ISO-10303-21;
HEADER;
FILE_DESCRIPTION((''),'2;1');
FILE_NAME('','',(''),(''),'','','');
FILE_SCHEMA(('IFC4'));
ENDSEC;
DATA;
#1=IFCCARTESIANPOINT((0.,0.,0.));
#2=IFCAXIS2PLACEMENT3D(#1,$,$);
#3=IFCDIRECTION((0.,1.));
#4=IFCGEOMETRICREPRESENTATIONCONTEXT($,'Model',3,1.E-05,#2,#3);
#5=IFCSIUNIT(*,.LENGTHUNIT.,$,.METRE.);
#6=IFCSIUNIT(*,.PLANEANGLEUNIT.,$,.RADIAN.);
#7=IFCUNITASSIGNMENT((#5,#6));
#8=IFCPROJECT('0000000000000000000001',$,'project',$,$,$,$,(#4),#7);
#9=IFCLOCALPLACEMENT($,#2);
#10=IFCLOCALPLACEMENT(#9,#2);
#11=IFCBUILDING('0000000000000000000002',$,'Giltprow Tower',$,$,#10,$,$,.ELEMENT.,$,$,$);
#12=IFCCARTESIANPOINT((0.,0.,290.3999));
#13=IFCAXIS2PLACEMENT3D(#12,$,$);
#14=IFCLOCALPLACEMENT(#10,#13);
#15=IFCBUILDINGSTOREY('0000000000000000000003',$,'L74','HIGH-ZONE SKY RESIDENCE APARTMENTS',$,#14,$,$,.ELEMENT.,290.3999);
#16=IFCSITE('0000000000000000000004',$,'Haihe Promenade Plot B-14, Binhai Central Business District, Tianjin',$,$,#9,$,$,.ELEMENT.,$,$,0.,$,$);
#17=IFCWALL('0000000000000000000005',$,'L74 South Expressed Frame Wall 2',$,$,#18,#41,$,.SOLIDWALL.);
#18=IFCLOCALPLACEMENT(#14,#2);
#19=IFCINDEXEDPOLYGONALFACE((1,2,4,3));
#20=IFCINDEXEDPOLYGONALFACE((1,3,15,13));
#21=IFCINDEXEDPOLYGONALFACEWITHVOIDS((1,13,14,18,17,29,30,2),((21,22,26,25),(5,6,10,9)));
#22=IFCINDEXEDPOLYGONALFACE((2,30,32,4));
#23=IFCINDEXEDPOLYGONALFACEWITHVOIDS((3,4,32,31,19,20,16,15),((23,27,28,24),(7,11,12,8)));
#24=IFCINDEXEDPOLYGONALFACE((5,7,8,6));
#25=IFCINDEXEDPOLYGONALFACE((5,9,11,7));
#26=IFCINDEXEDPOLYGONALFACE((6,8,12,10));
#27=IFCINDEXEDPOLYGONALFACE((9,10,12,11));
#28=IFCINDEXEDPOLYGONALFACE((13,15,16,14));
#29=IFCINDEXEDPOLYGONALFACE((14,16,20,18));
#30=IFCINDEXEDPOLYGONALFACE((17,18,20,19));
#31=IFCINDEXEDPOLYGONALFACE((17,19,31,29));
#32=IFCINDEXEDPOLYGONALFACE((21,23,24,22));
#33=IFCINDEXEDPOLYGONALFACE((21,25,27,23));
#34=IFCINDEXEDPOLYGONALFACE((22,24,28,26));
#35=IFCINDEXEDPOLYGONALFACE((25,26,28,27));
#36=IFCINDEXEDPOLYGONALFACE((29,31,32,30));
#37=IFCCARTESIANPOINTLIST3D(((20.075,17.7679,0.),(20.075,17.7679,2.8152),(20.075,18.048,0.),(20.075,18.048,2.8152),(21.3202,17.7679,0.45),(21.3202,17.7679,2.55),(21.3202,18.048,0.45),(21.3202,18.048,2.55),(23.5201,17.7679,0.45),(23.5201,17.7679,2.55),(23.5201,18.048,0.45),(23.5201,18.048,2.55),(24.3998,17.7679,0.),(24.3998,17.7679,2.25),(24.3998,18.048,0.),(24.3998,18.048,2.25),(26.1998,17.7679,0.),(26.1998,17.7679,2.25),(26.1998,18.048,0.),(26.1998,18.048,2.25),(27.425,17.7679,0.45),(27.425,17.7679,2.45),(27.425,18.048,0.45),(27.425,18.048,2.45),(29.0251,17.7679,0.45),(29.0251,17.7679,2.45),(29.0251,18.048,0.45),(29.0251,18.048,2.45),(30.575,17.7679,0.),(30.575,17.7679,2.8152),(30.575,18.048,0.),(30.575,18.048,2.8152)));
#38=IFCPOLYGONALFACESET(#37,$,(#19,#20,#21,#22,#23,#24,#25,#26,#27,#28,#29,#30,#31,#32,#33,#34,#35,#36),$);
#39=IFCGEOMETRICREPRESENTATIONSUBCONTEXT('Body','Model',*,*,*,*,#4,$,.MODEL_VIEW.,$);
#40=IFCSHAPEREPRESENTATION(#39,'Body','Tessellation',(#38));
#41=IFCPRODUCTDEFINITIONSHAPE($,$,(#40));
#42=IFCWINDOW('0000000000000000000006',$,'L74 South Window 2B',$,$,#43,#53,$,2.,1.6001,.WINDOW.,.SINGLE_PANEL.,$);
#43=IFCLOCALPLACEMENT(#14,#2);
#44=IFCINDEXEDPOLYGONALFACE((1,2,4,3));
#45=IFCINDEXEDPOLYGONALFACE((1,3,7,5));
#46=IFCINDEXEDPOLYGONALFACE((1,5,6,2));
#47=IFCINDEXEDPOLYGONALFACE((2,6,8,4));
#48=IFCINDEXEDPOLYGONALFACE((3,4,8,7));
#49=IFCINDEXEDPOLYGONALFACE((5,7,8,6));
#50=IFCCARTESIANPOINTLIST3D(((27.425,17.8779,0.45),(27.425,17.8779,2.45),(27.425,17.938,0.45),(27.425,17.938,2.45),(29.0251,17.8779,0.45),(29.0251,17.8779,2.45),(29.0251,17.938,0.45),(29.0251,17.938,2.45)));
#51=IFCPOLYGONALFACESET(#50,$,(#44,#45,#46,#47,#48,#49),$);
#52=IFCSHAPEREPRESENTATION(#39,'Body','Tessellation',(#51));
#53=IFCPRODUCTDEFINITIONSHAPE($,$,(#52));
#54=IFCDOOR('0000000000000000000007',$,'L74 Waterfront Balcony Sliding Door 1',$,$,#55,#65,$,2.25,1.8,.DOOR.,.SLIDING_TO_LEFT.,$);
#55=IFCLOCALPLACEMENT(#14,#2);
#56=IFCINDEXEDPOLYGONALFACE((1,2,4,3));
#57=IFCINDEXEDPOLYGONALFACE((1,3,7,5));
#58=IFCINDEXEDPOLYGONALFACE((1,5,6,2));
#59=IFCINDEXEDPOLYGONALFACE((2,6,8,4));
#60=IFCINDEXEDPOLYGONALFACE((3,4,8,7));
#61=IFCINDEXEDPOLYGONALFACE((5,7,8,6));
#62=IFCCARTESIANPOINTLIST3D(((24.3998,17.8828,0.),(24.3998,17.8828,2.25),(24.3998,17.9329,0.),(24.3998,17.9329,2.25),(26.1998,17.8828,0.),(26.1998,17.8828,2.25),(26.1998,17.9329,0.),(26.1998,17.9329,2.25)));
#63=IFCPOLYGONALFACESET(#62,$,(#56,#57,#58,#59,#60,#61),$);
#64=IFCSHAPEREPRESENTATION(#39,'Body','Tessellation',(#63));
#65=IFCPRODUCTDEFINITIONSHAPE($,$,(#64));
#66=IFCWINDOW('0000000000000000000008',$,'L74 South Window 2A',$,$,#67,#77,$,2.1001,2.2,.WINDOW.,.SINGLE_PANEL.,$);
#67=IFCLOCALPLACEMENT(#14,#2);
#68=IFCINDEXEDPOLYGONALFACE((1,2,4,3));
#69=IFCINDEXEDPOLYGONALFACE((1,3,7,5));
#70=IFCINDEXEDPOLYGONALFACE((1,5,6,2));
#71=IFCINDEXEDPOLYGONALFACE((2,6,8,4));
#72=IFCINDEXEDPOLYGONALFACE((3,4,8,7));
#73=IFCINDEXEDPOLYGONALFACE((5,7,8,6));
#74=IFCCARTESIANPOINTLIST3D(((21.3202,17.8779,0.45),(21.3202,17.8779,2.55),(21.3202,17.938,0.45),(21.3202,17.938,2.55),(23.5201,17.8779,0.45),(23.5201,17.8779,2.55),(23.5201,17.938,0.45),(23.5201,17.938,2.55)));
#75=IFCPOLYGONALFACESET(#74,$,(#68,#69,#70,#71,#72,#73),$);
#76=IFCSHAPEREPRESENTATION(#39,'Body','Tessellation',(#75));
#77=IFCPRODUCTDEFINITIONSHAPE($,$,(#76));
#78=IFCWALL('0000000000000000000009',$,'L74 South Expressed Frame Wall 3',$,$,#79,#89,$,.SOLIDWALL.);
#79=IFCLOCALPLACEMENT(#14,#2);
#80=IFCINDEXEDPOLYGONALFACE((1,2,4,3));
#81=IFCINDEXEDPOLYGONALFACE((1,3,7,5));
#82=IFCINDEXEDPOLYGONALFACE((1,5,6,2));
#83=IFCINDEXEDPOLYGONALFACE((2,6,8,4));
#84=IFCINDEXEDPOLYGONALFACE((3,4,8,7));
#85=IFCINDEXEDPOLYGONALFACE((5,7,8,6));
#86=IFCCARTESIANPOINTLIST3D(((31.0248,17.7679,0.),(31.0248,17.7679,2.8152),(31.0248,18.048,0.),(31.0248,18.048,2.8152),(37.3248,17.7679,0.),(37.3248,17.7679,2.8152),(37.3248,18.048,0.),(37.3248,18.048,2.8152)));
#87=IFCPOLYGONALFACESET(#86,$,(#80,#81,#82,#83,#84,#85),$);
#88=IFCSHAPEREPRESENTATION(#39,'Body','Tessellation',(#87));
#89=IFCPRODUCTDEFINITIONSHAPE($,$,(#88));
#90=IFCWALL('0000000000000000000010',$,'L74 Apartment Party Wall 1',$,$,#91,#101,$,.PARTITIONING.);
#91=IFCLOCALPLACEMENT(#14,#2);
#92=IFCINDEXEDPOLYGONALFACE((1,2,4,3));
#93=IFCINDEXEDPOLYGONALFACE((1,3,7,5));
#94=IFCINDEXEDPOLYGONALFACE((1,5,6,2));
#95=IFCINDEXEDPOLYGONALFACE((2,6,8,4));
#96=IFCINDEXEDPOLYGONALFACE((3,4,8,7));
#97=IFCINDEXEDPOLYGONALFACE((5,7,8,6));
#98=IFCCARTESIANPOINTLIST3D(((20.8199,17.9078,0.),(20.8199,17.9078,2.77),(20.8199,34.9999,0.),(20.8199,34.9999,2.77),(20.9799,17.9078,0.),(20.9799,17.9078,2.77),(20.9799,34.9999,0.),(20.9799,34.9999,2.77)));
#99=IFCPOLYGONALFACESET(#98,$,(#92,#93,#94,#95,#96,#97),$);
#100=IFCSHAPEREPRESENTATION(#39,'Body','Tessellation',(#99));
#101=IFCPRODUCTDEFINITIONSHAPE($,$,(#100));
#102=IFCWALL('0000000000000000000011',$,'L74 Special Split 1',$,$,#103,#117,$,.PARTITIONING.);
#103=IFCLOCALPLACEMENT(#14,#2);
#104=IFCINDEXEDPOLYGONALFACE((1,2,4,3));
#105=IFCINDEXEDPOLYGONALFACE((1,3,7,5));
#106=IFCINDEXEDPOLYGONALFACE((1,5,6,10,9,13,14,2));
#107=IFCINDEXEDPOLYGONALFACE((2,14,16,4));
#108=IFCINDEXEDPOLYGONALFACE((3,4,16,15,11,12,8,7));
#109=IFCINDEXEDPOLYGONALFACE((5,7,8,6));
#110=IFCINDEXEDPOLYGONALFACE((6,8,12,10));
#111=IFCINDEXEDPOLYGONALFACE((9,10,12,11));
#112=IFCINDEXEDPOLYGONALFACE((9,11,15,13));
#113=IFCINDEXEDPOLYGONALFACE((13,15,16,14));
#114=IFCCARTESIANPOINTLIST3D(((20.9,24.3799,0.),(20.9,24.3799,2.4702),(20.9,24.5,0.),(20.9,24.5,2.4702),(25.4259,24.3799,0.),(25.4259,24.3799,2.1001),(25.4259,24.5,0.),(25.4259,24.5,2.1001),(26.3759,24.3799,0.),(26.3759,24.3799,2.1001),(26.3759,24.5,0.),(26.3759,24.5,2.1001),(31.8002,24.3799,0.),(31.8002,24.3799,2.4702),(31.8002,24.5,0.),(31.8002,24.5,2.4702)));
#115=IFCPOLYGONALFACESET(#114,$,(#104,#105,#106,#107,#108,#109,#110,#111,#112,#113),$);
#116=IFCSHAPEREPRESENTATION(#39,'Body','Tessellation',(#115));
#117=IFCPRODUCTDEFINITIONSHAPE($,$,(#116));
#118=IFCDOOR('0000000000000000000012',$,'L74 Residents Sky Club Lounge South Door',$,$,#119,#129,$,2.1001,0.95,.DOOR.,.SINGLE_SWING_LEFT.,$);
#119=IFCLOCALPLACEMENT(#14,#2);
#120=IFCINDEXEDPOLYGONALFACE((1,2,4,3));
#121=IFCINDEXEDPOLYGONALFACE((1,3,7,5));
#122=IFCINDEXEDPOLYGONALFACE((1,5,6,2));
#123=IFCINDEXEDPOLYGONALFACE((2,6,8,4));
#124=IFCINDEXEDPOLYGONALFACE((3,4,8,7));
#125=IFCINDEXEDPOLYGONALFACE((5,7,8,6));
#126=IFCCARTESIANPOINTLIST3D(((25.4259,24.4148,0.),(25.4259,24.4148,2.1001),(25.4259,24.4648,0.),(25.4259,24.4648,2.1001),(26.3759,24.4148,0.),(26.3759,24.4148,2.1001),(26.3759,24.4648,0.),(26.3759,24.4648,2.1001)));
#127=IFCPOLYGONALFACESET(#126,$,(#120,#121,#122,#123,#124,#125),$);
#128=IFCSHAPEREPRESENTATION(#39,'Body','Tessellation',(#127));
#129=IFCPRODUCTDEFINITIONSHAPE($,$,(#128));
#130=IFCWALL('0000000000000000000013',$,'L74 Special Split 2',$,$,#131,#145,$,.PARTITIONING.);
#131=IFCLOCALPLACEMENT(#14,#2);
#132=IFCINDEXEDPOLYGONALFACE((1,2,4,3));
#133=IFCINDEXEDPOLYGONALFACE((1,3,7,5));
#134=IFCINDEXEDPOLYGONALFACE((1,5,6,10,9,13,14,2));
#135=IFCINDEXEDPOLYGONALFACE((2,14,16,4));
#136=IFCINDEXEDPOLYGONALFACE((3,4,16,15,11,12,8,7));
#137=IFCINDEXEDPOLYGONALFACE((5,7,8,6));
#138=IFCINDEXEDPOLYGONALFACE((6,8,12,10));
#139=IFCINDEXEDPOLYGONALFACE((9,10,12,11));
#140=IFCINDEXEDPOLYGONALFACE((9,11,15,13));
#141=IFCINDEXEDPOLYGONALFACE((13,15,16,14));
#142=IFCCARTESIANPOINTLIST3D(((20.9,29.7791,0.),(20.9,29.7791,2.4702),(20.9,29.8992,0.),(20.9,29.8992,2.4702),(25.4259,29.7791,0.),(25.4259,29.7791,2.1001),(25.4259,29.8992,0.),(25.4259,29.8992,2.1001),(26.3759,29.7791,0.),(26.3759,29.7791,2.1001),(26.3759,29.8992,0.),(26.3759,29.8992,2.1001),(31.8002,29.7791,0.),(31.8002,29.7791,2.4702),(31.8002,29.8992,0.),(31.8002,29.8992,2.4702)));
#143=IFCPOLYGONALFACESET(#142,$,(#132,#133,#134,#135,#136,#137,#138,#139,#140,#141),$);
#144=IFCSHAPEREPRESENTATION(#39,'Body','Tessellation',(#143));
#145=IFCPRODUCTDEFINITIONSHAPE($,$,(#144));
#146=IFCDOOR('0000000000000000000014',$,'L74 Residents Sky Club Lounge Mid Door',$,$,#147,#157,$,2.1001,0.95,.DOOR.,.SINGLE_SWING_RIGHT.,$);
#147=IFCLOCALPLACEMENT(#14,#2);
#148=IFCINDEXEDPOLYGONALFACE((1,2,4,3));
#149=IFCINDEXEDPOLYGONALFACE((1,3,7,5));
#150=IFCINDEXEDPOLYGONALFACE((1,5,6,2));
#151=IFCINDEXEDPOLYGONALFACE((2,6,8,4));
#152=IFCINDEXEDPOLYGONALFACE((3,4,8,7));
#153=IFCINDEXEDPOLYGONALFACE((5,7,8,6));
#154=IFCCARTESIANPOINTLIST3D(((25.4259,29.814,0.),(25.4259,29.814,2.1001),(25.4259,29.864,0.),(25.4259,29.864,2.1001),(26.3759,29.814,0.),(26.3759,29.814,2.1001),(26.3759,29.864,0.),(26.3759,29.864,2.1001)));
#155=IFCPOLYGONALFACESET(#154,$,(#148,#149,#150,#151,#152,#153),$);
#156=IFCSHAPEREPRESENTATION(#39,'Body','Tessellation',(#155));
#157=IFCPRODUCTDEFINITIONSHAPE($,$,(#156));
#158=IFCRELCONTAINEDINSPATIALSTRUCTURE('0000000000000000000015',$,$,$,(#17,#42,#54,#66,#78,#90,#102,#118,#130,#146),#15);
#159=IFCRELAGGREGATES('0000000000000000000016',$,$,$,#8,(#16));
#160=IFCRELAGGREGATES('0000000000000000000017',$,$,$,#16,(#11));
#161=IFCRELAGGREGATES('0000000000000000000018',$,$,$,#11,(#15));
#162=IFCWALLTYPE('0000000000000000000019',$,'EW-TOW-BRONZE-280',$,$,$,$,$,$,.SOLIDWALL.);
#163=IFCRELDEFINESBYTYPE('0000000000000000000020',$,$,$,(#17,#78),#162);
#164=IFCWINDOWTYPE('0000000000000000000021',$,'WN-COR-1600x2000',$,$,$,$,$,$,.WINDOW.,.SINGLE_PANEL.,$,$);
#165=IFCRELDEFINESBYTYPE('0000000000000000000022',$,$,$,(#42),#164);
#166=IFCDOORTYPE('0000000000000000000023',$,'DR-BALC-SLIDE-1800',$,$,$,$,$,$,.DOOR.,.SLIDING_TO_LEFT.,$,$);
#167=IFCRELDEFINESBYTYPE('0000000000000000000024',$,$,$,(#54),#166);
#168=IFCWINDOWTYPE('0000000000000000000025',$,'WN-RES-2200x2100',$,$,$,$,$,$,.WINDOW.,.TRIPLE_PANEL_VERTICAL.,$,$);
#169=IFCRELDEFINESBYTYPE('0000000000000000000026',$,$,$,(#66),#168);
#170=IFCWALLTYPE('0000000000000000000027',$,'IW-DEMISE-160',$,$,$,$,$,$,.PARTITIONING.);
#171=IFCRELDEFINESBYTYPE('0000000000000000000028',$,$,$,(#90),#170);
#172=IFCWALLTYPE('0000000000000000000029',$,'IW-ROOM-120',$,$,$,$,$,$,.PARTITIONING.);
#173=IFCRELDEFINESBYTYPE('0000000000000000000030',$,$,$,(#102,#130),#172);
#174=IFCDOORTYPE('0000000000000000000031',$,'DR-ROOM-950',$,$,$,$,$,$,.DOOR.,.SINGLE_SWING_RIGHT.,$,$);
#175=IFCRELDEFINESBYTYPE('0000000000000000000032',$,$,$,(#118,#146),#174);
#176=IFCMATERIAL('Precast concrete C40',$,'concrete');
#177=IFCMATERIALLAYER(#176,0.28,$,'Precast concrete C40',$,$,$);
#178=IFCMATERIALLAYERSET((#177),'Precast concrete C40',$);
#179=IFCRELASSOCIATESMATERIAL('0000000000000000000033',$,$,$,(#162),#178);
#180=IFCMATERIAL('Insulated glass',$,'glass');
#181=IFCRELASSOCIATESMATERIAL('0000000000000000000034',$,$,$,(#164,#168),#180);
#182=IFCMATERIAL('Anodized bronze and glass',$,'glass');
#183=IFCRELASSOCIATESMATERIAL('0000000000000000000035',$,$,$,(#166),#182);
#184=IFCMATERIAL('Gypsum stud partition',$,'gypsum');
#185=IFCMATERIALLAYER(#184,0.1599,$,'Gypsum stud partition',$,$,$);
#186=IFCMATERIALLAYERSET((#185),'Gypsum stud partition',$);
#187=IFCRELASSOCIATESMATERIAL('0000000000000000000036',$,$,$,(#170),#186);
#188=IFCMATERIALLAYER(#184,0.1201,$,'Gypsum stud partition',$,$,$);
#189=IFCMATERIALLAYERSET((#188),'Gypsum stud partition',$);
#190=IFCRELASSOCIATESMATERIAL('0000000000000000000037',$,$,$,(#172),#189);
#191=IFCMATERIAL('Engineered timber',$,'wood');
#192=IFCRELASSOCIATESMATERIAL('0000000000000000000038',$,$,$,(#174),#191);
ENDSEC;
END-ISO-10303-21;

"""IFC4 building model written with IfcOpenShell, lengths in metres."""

from ifc_helpers import new_model, si_unit, direction, frame, frame_2d, origin, place, context, subcontext, project, spatial, rectangle, extrude, source, transform, mapped, material, layer, layer_set, type_object, element, fill, save


model = new_model("IFC4")

# Units and contexts
model_context = context("Model", 3, precision=1e-05, world=origin(), true_north=direction((0.0, 1.0)))
body_context = subcontext(model_context, "Body", "Model", "MODEL_VIEW")
ifc_project = project(units=[si_unit("LENGTHUNIT", "METRE"), si_unit("PLANEANGLEUNIT", "RADIAN")], contexts=[model_context])

# Site, building, storey
site_placement = place(None, origin())
site = spatial("IfcSite", under=ifc_project, at=site_placement, Name="Haihe Promenade Plot B-14, Binhai Central Business District, Tianjin", CompositionType="ELEMENT", RefElevation=0.0)
building_placement = place(site_placement, origin())
building = spatial("IfcBuilding", under=site, at=building_placement, Name="Giltprow Tower", CompositionType="ELEMENT")
storey_placement = place(building_placement, frame((0.0, 0.0, 290.3999)))
storey = spatial("IfcBuildingStorey", under=building, at=storey_placement, Name="L74", Description="HIGH-ZONE SKY RESIDENCE APARTMENTS", CompositionType="ELEMENT", Elevation=290.3999)

# Wall, openings, windows, door
ifc_material_1 = material(Name="Precast concrete C40", Category="concrete")
ifc_layer_1 = layer(ifc_material_1, 0.28, Name="Precast concrete C40")
ifc_layer_set_1 = layer_set([ifc_layer_1], Name="Precast concrete C40")
wall_type_1 = type_object("IfcWallType", Name="EW-TOW-BRONZE-280", PredefinedType="SOLIDWALL", material=ifc_layer_set_1)
wall_1_placement = place(storey_placement, frame((20.075, 17.908, 0.0), z_axis=(0.0, 0.0, 1.0), x_axis=(1.0, 0.0, 0.0)))
wall_1 = element("IfcWall", 1, at=wall_1_placement, inside=storey, type_object=wall_type_1, Name="L74 South Expressed Frame Wall 2", PredefinedType="SOLIDWALL", context=body_context, shape_type="SweptSolid", body=[
    extrude(rectangle(XDim=10.5, YDim=0.28, at=frame_2d((5.25, 0.0))), origin(), (0.0, 0.0, 1.0), 2.8152),
])
opening_1_placement = place(wall_1_placement, frame((4.325, 0.0, 0.0)))
opening_1 = element("IfcOpeningElement", 2, at=opening_1_placement, cuts=wall_1, PredefinedType="OPENING", context=body_context, shape_type="SweptSolid", body=[
    extrude(rectangle(XDim=1.8, YDim=2.25, at=frame_2d((0.8999, 1.125))), frame((0.0, 0.1499, 0.0), z_axis=(0.0, -1.0, 0.0), x_axis=(1.0, 0.0, 0.0)), (0.0, 0.0, 1.0), 0.3),
])
opening_2_placement = place(wall_1_placement, frame((1.2451, 0.0, 0.45)))
opening_2 = element("IfcOpeningElement", 3, at=opening_2_placement, cuts=wall_1, PredefinedType="OPENING", context=body_context, shape_type="SweptSolid", body=[
    extrude(rectangle(XDim=2.2, YDim=2.1001, at=frame_2d((1.1001, 1.05))), frame((0.0, 0.1499, 0.0), z_axis=(0.0, -1.0, 0.0), x_axis=(1.0, 0.0, 0.0)), (0.0, 0.0, 1.0), 0.3),
])
opening_3_placement = place(wall_1_placement, frame((7.3501, 0.0, 0.45)))
opening_3 = element("IfcOpeningElement", 4, at=opening_3_placement, cuts=wall_1, PredefinedType="OPENING", context=body_context, shape_type="SweptSolid", body=[
    extrude(rectangle(XDim=1.6001, YDim=2.0, at=frame_2d((0.8, 1.0))), frame((0.0, 0.1499, 0.0), z_axis=(0.0, -1.0, 0.0), x_axis=(1.0, 0.0, 0.0)), (0.0, 0.0, 1.0), 0.3),
])
ifc_material_2 = material(Name="Insulated glass", Category="glass")
window_type_1 = type_object("IfcWindowType", Name="WN-COR-1600x2000", PartitioningType="SINGLE_PANEL", PredefinedType="WINDOW", material=ifc_material_2)
shared_shape_1 = source(origin(), body_context, "Body", "SweptSolid", [
    extrude(rectangle(XDim=1.6001, YDim=2.0, at=frame_2d((0.8, 1.0))), frame((0.0, 0.03, 0.0), z_axis=(0.0, -1.0, 0.0), x_axis=(1.0, 0.0, 0.0)), (0.0, 0.0, 1.0), 0.0601),
])
window_1_placement = place(opening_3_placement, origin())
window_1 = element("IfcWindow", 5, at=window_1_placement, inside=storey, type_object=window_type_1, Name="L74 South Window 2B", OverallHeight=2.0, OverallWidth=1.6001, PartitioningType="SINGLE_PANEL", PredefinedType="WINDOW", context=body_context, shape_type="MappedRepresentation", body=[
    mapped(shared_shape_1, transform((0.0, 0.0, 0.0), x_axis=(1.0, 0.0, 0.0), y_axis=(0.0, 1.0, 0.0), z_axis=(0.0, 0.0, 1.0), scale=1.0)),
])
fill(opening_3, window_1)
ifc_material_3 = material(Name="Anodized bronze and glass", Category="glass")
door_type_1 = type_object("IfcDoorType", Name="DR-BALC-SLIDE-1800", OperationType="SLIDING_TO_LEFT", PredefinedType="DOOR", material=ifc_material_3)
shared_shape_2 = source(origin(), body_context, "Body", "SweptSolid", [
    extrude(rectangle(XDim=1.8, YDim=2.25, at=frame_2d((0.8999, 1.125))), frame((0.0, 0.0249, 0.0), z_axis=(0.0, -1.0, 0.0), x_axis=(1.0, 0.0, 0.0)), (0.0, 0.0, 1.0), 0.05),
])
door_1_placement = place(opening_1_placement, origin())
door_1 = element("IfcDoor", 6, at=door_1_placement, inside=storey, type_object=door_type_1, Name="L74 Waterfront Balcony Sliding Door 1", OperationType="SLIDING_TO_LEFT", OverallHeight=2.25, OverallWidth=1.8, PredefinedType="DOOR", context=body_context, shape_type="MappedRepresentation", body=[
    mapped(shared_shape_2, transform((0.0, 0.0, 0.0), x_axis=(1.0, 0.0, 0.0), y_axis=(0.0, 1.0, 0.0), z_axis=(0.0, 0.0, 1.0), scale=1.0)),
])
fill(opening_1, door_1)
window_type_2 = type_object("IfcWindowType", Name="WN-RES-2200x2100", PartitioningType="TRIPLE_PANEL_VERTICAL", PredefinedType="WINDOW", material=ifc_material_2)
shared_shape_3 = source(origin(), body_context, "Body", "SweptSolid", [
    extrude(rectangle(XDim=2.2, YDim=2.1001, at=frame_2d((1.1001, 1.05))), frame((0.0, 0.03, 0.0), z_axis=(0.0, -1.0, 0.0), x_axis=(1.0, 0.0, 0.0)), (0.0, 0.0, 1.0), 0.0601),
])
window_2_placement = place(opening_2_placement, origin())
window_2 = element("IfcWindow", 7, at=window_2_placement, inside=storey, type_object=window_type_2, Name="L74 South Window 2A", OverallHeight=2.1001, OverallWidth=2.2, PartitioningType="SINGLE_PANEL", PredefinedType="WINDOW", context=body_context, shape_type="MappedRepresentation", body=[
    mapped(shared_shape_3, transform((0.0, 0.0, 0.0), x_axis=(1.0, 0.0, 0.0), y_axis=(0.0, 1.0, 0.0), z_axis=(0.0, 0.0, 1.0), scale=1.0)),
])
fill(opening_2, window_2)

# Walls
wall_2_placement = place(storey_placement, frame((31.0249, 17.908, 0.0), z_axis=(0.0, 0.0, 1.0), x_axis=(1.0, 0.0, 0.0)))
element("IfcWall", 8, at=wall_2_placement, inside=storey, type_object=wall_type_1, Name="L74 South Expressed Frame Wall 3", PredefinedType="SOLIDWALL", context=body_context, shape_type="SweptSolid", body=[
    extrude(rectangle(XDim=6.3, YDim=0.28, at=frame_2d((3.1499, 0.0))), origin(), (0.0, 0.0, 1.0), 2.8152),
])
ifc_material_4 = material(Name="Gypsum stud partition", Category="gypsum")
ifc_layer_2 = layer(ifc_material_4, 0.1599, Name="Gypsum stud partition")
ifc_layer_set_2 = layer_set([ifc_layer_2], Name="Gypsum stud partition")
wall_type_2 = type_object("IfcWallType", Name="IW-DEMISE-160", PredefinedType="PARTITIONING", material=ifc_layer_set_2)
wall_3_placement = place(storey_placement, frame((20.8999, 17.908, 0.0), z_axis=(0.0, 0.0, 1.0), x_axis=(0.0, 1.0, 0.0)))
element("IfcWall", 9, at=wall_3_placement, inside=storey, type_object=wall_type_2, Name="L74 Apartment Party Wall 1", PredefinedType="PARTITIONING", context=body_context, shape_type="SweptSolid", body=[
    extrude(rectangle(XDim=17.092, YDim=0.1599, at=frame_2d((8.5459, 0.0))), origin(), (0.0, 0.0, 1.0), 2.77),
])

# Walls, openings, doors
ifc_layer_3 = layer(ifc_material_4, 0.1201, Name="Gypsum stud partition")
ifc_layer_set_3 = layer_set([ifc_layer_3], Name="Gypsum stud partition")
wall_type_3 = type_object("IfcWallType", Name="IW-ROOM-120", PredefinedType="PARTITIONING", material=ifc_layer_set_3)
wall_4_placement = place(storey_placement, frame((20.8999, 24.4399, 0.0), z_axis=(0.0, 0.0, 1.0), x_axis=(1.0, 0.0, 0.0)))
wall_4 = element("IfcWall", 10, at=wall_4_placement, inside=storey, type_object=wall_type_3, Name="L74 Special Split 1", PredefinedType="PARTITIONING", context=body_context, shape_type="SweptSolid", body=[
    extrude(rectangle(XDim=10.9001, YDim=0.1201, at=frame_2d((5.4502, 0.0))), origin(), (0.0, 0.0, 1.0), 2.4702),
])
opening_4_placement = place(wall_4_placement, frame((4.5259, 0.0, 0.0)))
opening_4 = element("IfcOpeningElement", 11, at=opening_4_placement, cuts=wall_4, PredefinedType="OPENING", context=body_context, shape_type="SweptSolid", body=[
    extrude(rectangle(XDim=0.95, YDim=2.1001, at=frame_2d((0.4751, 1.05))), frame((0.0, 0.0701, 0.0), z_axis=(0.0, -1.0, 0.0), x_axis=(1.0, 0.0, 0.0)), (0.0, 0.0, 1.0), 0.1401),
])
ifc_material_5 = material(Name="Engineered timber", Category="wood")
door_type_2 = type_object("IfcDoorType", Name="DR-ROOM-950", OperationType="SINGLE_SWING_RIGHT", PredefinedType="DOOR", material=ifc_material_5)
shared_shape_4 = source(origin(), body_context, "Body", "SweptSolid", [
    extrude(rectangle(XDim=0.95, YDim=2.1001, at=frame_2d((0.4751, 1.05))), frame((0.0, 0.0249, 0.0), z_axis=(0.0, -1.0, 0.0), x_axis=(1.0, 0.0, 0.0)), (0.0, 0.0, 1.0), 0.05),
])
door_2_placement = place(opening_4_placement, origin())
door_2 = element("IfcDoor", 12, at=door_2_placement, inside=storey, type_object=door_type_2, Name="L74 Residents Sky Club Lounge South Door", OperationType="SINGLE_SWING_LEFT", OverallHeight=2.1001, OverallWidth=0.95, PredefinedType="DOOR", context=body_context, shape_type="MappedRepresentation", body=[
    mapped(shared_shape_4, transform((0.0, 0.0, 0.0), x_axis=(1.0, 0.0, 0.0), y_axis=(0.0, 1.0, 0.0), z_axis=(0.0, 0.0, 1.0), scale=1.0)),
])
fill(opening_4, door_2)
wall_5_placement = place(storey_placement, frame((20.8999, 29.8391, 0.0), z_axis=(0.0, 0.0, 1.0), x_axis=(1.0, 0.0, 0.0)))
wall_5 = element("IfcWall", 13, at=wall_5_placement, inside=storey, type_object=wall_type_3, Name="L74 Special Split 2", PredefinedType="PARTITIONING", context=body_context, shape_type="SweptSolid", body=[
    extrude(rectangle(XDim=10.9001, YDim=0.1201, at=frame_2d((5.4502, 0.0))), origin(), (0.0, 0.0, 1.0), 2.4702),
])
opening_5_placement = place(wall_5_placement, frame((4.5259, 0.0, 0.0)))
opening_5 = element("IfcOpeningElement", 14, at=opening_5_placement, cuts=wall_5, PredefinedType="OPENING", context=body_context, shape_type="SweptSolid", body=[
    extrude(rectangle(XDim=0.95, YDim=2.1001, at=frame_2d((0.4751, 1.05))), frame((0.0, 0.0701, 0.0), z_axis=(0.0, -1.0, 0.0), x_axis=(1.0, 0.0, 0.0)), (0.0, 0.0, 1.0), 0.1401),
])
door_3_placement = place(opening_5_placement, origin())
door_3 = element("IfcDoor", 15, at=door_3_placement, inside=storey, type_object=door_type_2, Name="L74 Residents Sky Club Lounge Mid Door", OperationType="SINGLE_SWING_RIGHT", OverallHeight=2.1001, OverallWidth=0.95, PredefinedType="DOOR", context=body_context, shape_type="MappedRepresentation", body=[
    mapped(shared_shape_4, transform((0.0, 0.0, 0.0), x_axis=(1.0, 0.0, 0.0), y_axis=(0.0, 1.0, 0.0), z_axis=(0.0, 0.0, 1.0), scale=1.0)),
])
fill(opening_5, door_3)

save(model, "model.ifc")
